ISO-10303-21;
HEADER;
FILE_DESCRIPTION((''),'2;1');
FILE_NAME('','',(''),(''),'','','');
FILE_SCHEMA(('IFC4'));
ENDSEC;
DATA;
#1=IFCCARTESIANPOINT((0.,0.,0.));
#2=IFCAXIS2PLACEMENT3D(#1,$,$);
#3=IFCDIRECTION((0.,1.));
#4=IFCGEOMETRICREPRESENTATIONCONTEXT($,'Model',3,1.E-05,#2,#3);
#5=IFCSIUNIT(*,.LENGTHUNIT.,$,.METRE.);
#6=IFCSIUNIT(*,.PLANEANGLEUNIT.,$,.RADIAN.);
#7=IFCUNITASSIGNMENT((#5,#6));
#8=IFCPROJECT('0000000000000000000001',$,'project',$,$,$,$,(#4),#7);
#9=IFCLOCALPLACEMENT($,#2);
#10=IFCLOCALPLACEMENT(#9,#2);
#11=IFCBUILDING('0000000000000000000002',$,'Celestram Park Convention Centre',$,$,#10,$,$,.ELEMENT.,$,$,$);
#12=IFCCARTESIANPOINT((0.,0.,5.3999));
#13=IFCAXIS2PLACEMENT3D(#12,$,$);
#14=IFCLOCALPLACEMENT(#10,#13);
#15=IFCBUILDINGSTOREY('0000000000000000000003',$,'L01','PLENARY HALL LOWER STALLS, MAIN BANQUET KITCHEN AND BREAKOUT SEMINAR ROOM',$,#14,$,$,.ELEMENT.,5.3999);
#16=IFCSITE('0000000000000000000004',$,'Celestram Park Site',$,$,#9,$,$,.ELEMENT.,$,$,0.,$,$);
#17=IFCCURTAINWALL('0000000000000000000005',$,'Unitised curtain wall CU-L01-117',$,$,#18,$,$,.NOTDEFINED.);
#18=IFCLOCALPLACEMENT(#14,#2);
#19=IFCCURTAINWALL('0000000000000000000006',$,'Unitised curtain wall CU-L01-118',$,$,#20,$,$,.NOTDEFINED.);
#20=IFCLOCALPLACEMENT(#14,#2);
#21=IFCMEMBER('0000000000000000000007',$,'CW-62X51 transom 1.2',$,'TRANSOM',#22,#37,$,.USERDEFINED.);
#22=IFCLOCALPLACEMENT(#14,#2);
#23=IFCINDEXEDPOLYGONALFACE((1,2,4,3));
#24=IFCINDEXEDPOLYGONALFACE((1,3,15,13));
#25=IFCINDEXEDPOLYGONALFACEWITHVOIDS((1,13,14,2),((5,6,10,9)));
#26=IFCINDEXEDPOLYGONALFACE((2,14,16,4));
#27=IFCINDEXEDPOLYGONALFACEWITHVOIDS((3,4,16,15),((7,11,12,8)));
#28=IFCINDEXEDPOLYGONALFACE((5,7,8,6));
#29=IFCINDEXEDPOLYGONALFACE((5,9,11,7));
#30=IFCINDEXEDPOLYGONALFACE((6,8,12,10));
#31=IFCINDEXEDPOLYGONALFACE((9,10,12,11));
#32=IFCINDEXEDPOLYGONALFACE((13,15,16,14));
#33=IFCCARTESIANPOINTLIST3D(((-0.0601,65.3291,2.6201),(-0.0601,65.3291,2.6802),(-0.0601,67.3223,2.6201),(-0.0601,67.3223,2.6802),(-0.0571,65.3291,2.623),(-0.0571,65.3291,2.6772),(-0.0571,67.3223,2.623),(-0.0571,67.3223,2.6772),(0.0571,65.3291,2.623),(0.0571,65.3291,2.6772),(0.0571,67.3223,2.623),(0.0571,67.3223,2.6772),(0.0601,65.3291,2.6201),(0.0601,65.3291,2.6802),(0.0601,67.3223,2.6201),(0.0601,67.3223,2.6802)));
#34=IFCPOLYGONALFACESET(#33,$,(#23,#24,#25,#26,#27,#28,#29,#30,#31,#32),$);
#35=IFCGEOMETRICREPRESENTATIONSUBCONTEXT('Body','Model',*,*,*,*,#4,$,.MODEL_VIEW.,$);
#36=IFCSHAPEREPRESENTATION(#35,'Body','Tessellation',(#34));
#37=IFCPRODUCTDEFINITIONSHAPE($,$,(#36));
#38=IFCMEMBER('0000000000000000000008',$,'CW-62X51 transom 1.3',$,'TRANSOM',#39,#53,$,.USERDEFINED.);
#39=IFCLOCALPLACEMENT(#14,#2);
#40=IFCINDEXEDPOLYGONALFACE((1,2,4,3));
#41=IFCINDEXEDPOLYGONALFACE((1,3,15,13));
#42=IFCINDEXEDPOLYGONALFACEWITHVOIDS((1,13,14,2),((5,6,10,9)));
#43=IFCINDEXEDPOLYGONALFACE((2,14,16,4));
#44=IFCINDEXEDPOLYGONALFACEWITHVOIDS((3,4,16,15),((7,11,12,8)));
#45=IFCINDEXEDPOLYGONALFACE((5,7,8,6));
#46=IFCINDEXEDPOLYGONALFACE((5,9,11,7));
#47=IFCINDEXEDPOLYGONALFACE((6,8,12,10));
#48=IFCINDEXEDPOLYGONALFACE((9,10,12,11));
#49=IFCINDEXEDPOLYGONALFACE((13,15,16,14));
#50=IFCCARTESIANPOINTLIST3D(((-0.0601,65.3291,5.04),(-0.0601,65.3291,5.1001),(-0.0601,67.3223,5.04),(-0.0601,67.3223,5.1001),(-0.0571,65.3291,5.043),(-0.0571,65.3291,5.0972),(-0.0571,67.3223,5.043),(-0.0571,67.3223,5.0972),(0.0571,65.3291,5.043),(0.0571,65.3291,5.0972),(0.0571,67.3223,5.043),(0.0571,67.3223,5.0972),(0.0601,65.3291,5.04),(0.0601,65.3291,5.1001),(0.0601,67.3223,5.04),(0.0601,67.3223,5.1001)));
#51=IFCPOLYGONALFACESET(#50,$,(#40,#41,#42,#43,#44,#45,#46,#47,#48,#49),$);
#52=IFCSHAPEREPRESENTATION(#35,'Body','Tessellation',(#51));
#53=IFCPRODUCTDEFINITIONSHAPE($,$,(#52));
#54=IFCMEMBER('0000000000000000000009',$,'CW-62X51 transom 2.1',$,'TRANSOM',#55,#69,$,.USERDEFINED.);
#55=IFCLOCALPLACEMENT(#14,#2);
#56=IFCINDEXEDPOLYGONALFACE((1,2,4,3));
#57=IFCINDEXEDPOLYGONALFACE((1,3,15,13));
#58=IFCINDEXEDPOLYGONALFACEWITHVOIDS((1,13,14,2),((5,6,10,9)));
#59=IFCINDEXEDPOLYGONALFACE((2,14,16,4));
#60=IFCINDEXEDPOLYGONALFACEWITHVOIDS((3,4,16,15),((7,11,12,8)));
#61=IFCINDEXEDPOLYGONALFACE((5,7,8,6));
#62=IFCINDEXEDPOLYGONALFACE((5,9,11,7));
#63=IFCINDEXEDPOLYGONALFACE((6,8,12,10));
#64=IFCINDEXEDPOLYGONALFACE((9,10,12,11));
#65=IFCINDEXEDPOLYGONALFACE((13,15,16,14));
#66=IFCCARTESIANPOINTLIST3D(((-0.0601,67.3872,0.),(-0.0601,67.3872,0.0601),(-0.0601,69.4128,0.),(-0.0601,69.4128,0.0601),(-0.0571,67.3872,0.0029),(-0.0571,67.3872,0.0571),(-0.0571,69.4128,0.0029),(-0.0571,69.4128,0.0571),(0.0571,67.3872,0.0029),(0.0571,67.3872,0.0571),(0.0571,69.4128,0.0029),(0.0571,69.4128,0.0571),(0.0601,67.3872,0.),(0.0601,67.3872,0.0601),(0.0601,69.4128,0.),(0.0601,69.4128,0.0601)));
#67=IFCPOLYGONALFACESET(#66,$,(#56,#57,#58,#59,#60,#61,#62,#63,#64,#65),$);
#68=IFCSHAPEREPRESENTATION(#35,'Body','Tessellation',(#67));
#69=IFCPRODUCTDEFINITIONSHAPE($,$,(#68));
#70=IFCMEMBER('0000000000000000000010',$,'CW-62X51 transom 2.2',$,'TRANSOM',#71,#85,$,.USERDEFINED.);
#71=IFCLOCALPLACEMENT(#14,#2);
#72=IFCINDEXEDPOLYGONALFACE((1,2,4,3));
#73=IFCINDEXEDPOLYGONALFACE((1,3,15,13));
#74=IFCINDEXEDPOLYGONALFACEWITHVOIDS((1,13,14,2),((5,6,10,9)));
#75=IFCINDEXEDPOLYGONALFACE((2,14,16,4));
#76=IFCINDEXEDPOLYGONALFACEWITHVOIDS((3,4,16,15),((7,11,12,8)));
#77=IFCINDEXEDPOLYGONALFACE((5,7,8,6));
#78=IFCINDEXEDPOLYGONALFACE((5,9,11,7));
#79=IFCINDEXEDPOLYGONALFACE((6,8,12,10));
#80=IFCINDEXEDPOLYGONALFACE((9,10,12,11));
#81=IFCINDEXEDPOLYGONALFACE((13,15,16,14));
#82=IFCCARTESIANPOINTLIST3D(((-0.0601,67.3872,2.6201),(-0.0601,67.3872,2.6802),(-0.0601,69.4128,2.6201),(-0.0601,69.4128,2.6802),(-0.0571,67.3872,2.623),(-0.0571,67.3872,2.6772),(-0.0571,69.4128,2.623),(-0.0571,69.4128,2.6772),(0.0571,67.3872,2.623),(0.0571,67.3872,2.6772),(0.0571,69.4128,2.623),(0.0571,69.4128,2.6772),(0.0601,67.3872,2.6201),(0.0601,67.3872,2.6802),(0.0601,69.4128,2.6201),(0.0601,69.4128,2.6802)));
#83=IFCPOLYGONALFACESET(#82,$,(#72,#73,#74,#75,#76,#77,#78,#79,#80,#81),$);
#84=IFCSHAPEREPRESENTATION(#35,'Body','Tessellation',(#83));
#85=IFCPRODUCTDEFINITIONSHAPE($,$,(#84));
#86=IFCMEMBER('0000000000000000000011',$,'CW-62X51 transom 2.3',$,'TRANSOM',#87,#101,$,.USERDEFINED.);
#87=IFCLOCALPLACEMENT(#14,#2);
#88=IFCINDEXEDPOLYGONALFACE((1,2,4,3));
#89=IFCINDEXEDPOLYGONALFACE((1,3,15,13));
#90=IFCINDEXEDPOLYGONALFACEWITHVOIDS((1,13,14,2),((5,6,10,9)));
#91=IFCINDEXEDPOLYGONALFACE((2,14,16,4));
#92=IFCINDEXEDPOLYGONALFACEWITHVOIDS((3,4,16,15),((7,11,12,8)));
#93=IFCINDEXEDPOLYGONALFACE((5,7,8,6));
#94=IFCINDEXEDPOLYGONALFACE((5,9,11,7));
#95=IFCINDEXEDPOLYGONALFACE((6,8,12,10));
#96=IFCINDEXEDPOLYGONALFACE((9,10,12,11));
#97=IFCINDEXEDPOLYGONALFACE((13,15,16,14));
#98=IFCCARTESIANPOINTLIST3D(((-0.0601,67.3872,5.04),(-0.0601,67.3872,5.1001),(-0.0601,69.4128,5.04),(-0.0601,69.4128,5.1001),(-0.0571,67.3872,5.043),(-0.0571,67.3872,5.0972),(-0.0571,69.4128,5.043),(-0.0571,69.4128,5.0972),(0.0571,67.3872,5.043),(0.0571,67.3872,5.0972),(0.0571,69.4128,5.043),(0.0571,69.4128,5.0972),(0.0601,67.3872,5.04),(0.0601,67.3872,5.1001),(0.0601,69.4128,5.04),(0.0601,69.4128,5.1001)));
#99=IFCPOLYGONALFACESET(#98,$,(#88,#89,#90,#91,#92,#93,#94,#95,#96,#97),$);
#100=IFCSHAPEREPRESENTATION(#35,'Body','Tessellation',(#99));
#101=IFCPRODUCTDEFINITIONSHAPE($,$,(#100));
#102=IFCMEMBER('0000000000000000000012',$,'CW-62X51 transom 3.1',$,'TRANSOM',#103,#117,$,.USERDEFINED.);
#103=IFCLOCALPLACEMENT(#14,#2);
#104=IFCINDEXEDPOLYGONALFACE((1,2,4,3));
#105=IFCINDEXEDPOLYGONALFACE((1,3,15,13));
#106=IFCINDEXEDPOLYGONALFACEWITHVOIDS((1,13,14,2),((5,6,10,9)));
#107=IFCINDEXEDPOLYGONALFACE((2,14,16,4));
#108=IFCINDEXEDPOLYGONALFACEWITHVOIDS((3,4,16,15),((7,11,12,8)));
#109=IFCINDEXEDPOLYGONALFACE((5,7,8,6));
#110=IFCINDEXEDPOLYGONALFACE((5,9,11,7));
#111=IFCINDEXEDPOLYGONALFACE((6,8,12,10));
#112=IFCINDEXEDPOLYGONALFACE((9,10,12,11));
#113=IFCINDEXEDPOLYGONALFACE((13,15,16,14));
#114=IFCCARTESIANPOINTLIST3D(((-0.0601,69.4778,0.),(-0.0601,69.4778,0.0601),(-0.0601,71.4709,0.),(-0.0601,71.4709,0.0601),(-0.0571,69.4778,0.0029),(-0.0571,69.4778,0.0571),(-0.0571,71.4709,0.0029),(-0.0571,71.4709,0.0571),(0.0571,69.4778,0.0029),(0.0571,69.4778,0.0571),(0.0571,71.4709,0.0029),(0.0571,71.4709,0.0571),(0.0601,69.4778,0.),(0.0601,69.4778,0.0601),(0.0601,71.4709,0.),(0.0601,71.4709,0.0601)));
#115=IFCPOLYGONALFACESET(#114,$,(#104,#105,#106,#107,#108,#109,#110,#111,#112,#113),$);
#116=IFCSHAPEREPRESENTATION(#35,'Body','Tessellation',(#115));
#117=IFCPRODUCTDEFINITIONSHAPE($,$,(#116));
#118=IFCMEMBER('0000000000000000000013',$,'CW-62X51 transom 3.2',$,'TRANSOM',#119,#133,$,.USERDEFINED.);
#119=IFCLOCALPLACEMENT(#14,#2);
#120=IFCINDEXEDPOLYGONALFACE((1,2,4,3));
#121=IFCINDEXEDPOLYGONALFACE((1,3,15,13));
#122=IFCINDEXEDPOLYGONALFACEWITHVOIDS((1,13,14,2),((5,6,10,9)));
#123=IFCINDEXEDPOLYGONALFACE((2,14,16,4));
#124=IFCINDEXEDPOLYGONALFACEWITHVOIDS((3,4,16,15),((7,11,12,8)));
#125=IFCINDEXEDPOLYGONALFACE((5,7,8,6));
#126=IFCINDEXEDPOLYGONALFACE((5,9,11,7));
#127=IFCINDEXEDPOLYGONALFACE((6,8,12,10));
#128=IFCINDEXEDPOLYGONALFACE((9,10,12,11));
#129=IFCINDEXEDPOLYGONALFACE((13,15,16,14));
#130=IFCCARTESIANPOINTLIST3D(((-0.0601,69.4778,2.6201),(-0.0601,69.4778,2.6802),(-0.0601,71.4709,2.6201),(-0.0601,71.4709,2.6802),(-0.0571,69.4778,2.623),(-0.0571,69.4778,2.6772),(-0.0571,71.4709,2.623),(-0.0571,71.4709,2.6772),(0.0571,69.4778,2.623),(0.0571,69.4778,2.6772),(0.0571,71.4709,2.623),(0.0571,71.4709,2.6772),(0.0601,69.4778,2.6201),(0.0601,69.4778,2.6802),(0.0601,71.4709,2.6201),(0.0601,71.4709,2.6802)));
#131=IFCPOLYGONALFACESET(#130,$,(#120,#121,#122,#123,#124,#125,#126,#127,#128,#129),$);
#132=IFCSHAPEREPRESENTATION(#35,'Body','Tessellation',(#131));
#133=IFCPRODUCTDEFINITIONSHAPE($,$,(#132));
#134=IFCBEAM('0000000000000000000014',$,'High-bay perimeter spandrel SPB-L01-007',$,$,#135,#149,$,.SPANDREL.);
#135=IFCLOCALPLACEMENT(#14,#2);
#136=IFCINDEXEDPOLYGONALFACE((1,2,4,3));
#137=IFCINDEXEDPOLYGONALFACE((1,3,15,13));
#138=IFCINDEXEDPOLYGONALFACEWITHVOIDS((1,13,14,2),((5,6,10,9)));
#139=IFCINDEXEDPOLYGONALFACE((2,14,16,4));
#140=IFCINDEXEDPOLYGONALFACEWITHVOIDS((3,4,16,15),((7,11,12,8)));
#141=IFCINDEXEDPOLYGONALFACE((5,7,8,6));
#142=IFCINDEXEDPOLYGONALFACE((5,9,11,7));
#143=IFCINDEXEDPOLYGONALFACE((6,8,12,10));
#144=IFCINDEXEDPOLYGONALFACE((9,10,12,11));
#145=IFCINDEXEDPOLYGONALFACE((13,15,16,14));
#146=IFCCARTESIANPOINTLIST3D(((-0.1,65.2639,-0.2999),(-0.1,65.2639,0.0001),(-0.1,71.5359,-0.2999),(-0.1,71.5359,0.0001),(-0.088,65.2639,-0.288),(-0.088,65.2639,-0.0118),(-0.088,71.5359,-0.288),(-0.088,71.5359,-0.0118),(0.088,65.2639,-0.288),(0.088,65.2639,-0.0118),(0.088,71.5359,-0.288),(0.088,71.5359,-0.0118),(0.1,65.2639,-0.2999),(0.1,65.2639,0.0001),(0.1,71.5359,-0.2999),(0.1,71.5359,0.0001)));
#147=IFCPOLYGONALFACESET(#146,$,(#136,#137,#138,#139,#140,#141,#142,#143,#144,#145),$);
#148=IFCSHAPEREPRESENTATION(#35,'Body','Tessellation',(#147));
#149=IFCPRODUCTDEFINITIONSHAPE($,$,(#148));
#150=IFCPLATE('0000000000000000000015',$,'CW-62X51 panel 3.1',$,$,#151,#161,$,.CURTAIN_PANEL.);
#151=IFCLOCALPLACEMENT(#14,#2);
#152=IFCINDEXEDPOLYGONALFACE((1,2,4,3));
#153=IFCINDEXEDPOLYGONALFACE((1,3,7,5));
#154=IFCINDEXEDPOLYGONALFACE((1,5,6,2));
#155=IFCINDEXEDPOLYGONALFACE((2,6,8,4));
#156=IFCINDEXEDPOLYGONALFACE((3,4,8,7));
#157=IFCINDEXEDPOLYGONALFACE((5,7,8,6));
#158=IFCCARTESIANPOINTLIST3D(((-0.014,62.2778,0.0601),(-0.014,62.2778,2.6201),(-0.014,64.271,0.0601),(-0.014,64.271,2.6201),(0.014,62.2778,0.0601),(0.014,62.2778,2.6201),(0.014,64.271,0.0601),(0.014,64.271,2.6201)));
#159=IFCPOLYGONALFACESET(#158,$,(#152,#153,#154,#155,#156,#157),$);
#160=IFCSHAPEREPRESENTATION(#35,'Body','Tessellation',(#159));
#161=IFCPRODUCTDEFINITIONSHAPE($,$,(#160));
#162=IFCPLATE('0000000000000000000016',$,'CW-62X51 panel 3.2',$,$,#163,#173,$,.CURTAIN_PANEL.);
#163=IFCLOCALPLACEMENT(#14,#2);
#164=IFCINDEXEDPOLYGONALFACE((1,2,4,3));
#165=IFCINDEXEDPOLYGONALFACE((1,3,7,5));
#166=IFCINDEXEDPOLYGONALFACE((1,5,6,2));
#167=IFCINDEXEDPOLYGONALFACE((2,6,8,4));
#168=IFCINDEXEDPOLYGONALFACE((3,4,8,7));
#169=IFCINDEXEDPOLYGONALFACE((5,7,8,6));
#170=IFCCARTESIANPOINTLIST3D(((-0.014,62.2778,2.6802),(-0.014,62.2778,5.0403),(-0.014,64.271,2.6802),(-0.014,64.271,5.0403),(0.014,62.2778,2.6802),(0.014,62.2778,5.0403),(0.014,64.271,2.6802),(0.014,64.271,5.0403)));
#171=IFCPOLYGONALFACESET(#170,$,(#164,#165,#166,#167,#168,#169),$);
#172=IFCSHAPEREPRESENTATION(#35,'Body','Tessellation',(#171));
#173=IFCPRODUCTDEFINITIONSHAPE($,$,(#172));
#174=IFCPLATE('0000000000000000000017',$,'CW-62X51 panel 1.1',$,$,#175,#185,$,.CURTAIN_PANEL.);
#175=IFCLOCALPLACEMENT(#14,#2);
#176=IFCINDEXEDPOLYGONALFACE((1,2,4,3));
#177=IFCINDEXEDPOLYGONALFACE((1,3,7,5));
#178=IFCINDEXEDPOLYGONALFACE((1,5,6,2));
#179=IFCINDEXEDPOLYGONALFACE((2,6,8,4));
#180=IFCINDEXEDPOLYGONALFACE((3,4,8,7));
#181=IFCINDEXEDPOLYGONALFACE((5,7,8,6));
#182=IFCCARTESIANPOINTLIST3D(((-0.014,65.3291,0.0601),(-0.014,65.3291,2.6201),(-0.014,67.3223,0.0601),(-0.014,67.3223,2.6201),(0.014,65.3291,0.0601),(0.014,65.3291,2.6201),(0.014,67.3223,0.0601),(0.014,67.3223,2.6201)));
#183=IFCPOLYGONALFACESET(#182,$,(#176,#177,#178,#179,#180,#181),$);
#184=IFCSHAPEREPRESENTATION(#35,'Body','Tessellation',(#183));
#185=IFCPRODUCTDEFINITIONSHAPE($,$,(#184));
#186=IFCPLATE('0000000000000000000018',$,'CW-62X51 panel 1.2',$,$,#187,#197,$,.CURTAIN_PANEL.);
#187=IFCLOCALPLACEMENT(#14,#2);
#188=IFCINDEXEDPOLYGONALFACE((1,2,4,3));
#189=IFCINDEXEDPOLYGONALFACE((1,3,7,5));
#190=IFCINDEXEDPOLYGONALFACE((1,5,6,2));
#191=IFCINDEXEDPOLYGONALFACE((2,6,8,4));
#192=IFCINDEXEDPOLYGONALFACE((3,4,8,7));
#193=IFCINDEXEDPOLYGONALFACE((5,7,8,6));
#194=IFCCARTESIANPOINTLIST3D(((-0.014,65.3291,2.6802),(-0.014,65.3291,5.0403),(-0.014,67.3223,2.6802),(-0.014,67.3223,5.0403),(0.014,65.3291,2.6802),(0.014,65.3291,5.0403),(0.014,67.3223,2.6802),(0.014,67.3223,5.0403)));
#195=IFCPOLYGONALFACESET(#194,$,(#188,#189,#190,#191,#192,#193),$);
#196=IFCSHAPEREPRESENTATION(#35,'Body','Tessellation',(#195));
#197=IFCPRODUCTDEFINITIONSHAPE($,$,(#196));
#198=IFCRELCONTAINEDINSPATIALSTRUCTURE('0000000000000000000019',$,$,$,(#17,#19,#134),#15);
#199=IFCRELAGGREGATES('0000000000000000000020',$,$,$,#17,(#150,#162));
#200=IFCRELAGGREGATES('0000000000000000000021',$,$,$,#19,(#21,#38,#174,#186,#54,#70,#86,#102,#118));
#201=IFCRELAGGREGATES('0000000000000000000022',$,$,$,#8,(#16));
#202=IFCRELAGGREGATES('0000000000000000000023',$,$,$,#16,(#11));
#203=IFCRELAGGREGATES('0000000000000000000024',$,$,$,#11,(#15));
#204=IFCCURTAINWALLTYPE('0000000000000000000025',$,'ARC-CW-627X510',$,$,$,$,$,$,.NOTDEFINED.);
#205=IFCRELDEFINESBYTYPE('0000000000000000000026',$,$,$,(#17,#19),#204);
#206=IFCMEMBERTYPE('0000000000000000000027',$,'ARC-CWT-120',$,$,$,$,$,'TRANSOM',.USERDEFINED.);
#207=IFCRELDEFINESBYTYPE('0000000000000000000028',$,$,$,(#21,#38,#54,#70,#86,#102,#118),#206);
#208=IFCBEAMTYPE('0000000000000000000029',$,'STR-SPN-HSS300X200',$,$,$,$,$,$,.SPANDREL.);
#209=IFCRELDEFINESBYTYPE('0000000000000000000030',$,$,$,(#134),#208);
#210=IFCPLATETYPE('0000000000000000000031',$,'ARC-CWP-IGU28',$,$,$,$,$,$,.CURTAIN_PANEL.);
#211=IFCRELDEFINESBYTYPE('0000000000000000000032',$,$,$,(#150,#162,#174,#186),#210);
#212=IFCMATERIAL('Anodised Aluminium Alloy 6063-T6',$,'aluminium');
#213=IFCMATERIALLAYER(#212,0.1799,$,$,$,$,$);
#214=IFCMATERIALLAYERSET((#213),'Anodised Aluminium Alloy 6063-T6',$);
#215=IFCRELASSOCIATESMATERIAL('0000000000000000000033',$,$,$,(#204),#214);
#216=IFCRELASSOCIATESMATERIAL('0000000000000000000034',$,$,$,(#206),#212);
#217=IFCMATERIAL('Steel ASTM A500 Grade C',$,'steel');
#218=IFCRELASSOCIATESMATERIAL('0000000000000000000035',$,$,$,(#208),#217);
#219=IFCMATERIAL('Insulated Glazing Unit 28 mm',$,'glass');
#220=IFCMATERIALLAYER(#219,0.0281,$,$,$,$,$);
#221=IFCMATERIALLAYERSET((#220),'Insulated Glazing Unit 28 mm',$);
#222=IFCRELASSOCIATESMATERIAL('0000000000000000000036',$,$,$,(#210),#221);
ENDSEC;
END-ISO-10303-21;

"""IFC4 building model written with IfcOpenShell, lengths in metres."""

from ifc_helpers import new_model, si_unit, direction, frame, origin, origin_2d, place, context, subcontext, project, spatial, rectangle, hollow_rectangle, extrude, material, layer, layer_set, material_profile, profile_set, type_object, element, aggregate, save


model = new_model("IFC4")

# Units and contexts
model_context = context("Model", 3, precision=1e-05, world=origin(), true_north=direction((0.0, 1.0)))
body_context = subcontext(model_context, "Body", "Model", "MODEL_VIEW")
ifc_project = project(units=[si_unit("LENGTHUNIT", "METRE"), si_unit("PLANEANGLEUNIT", "RADIAN")], contexts=[model_context])

# Site, building, storey
site_placement = place(None, origin())
site = spatial("IfcSite", under=ifc_project, at=site_placement, Name="Celestram Park Site", CompositionType="ELEMENT", RefElevation=0.0)
building_placement = place(site_placement, origin())
building = spatial("IfcBuilding", under=site, at=building_placement, Name="Celestram Park Convention Centre", CompositionType="ELEMENT")
storey_placement = place(building_placement, frame((0.0, 0.0, 5.3999)))
storey = spatial("IfcBuildingStorey", under=building, at=storey_placement, Name="L01", Description="PLENARY HALL LOWER STALLS, MAIN BANQUET KITCHEN AND BREAKOUT SEMINAR ROOM", CompositionType="ELEMENT", Elevation=5.3999)

# Curtain walls
ifc_material_1 = material(Name="Anodised Aluminium Alloy 6063-T6", Category="aluminium")
ifc_layer_1 = layer(ifc_material_1, 0.1799)
ifc_layer_set_1 = layer_set([ifc_layer_1], Name="Anodised Aluminium Alloy 6063-T6")
curtain_wall_type = type_object("IfcCurtainWallType", Name="ARC-CW-627X510", PredefinedType="NOTDEFINED", material=ifc_layer_set_1)
curtain_wall_1_placement = place(storey_placement, origin())
curtain_wall_1 = element("IfcCurtainWall", 1, at=curtain_wall_1_placement, inside=storey, type_object=curtain_wall_type, Name="Unitised curtain wall CU-L01-117", PredefinedType="NOTDEFINED")
curtain_wall_2_placement = place(storey_placement, origin())
curtain_wall_2 = element("IfcCurtainWall", 2, at=curtain_wall_2_placement, inside=storey, type_object=curtain_wall_type, Name="Unitised curtain wall CU-L01-118", PredefinedType="NOTDEFINED")

# Members
ifc_material_profile_1 = material_profile(ifc_material_1, hollow_rectangle(XDim=0.1201, YDim=0.0601, WallThickness=0.0029, at=origin_2d()), Name="ALU120X60X3")
ifc_profile_set_1 = profile_set([ifc_material_profile_1], Name="Anodised Aluminium Alloy 6063-T6")
member_type_1 = type_object("IfcMemberType", Name="ARC-CWT-120", ElementType="TRANSOM", PredefinedType="USERDEFINED", material=ifc_profile_set_1)
member_1_placement = place(storey_placement, frame((0.0, 65.3291, 2.6501), z_axis=(0.0, 1.0, 0.0), x_axis=(-1.0, 0.0, 0.0)))
member_1 = element("IfcMember", 3, at=member_1_placement, type_object=member_type_1, Name="CW-62X51 transom 1.2", ObjectType="TRANSOM", PredefinedType="USERDEFINED", context=body_context, shape_type="SweptSolid", body=[
    extrude(hollow_rectangle(XDim=0.1201, YDim=0.0601, WallThickness=0.0029, at=origin_2d()), origin(), (0.0, 0.0, 1.0), 1.9932),
])
member_2_placement = place(storey_placement, frame((0.0, 65.3291, 5.0701), z_axis=(0.0, 1.0, 0.0), x_axis=(-1.0, 0.0, 0.0)))
member_2 = element("IfcMember", 4, at=member_2_placement, type_object=member_type_1, Name="CW-62X51 transom 1.3", ObjectType="TRANSOM", PredefinedType="USERDEFINED", context=body_context, shape_type="SweptSolid", body=[
    extrude(hollow_rectangle(XDim=0.1201, YDim=0.0601, WallThickness=0.0029, at=origin_2d()), origin(), (0.0, 0.0, 1.0), 1.9932),
])
member_3_placement = place(storey_placement, frame((0.0, 67.3872, 0.03), z_axis=(0.0, 1.0, 0.0), x_axis=(-1.0, 0.0, 0.0)))
member_3 = element("IfcMember", 5, at=member_3_placement, type_object=member_type_1, Name="CW-62X51 transom 2.1", ObjectType="TRANSOM", PredefinedType="USERDEFINED", context=body_context, shape_type="SweptSolid", body=[
    extrude(hollow_rectangle(XDim=0.1201, YDim=0.0601, WallThickness=0.0029, at=origin_2d()), origin(), (0.0, 0.0, 1.0), 2.0256),
])
member_4_placement = place(storey_placement, frame((0.0, 67.3872, 2.6501), z_axis=(0.0, 1.0, 0.0), x_axis=(-1.0, 0.0, 0.0)))
member_4 = element("IfcMember", 6, at=member_4_placement, type_object=member_type_1, Name="CW-62X51 transom 2.2", ObjectType="TRANSOM", PredefinedType="USERDEFINED", context=body_context, shape_type="SweptSolid", body=[
    extrude(hollow_rectangle(XDim=0.1201, YDim=0.0601, WallThickness=0.0029, at=origin_2d()), origin(), (0.0, 0.0, 1.0), 2.0256),
])
member_5_placement = place(storey_placement, frame((0.0, 67.3872, 5.0701), z_axis=(0.0, 1.0, 0.0), x_axis=(-1.0, 0.0, 0.0)))
member_5 = element("IfcMember", 7, at=member_5_placement, type_object=member_type_1, Name="CW-62X51 transom 2.3", ObjectType="TRANSOM", PredefinedType="USERDEFINED", context=body_context, shape_type="SweptSolid", body=[
    extrude(hollow_rectangle(XDim=0.1201, YDim=0.0601, WallThickness=0.0029, at=origin_2d()), origin(), (0.0, 0.0, 1.0), 2.0256),
])
member_6_placement = place(storey_placement, frame((0.0, 69.4778, 0.03), z_axis=(0.0, 1.0, 0.0), x_axis=(-1.0, 0.0, 0.0)))
member_6 = element("IfcMember", 8, at=member_6_placement, type_object=member_type_1, Name="CW-62X51 transom 3.1", ObjectType="TRANSOM", PredefinedType="USERDEFINED", context=body_context, shape_type="SweptSolid", body=[
    extrude(hollow_rectangle(XDim=0.1201, YDim=0.0601, WallThickness=0.0029, at=origin_2d()), origin(), (0.0, 0.0, 1.0), 1.9932),
])
member_7_placement = place(storey_placement, frame((0.0, 69.4778, 2.6501), z_axis=(0.0, 1.0, 0.0), x_axis=(-1.0, 0.0, 0.0)))
member_7 = element("IfcMember", 9, at=member_7_placement, type_object=member_type_1, Name="CW-62X51 transom 3.2", ObjectType="TRANSOM", PredefinedType="USERDEFINED", context=body_context, shape_type="SweptSolid", body=[
    extrude(hollow_rectangle(XDim=0.1201, YDim=0.0601, WallThickness=0.0029, at=origin_2d()), origin(), (0.0, 0.0, 1.0), 1.9932),
])

# Beam
ifc_material_2 = material(Name="Steel ASTM A500 Grade C", Category="steel")
ifc_material_profile_2 = material_profile(ifc_material_2, hollow_rectangle(XDim=0.2, YDim=0.3, WallThickness=0.012, at=origin_2d()), Name="HSS300X200X12")
ifc_profile_set_2 = profile_set([ifc_material_profile_2], Name="Steel ASTM A500 Grade C")
beam_type = type_object("IfcBeamType", Name="STR-SPN-HSS300X200", PredefinedType="SPANDREL", material=ifc_profile_set_2)
beam_placement = place(storey_placement, frame((0.0, 65.2639, -0.1499), z_axis=(0.0, 1.0, 0.0), x_axis=(-1.0, 0.0, 0.0)))
element("IfcBeam", 10, at=beam_placement, inside=storey, type_object=beam_type, Name="High-bay perimeter spandrel SPB-L01-007", PredefinedType="SPANDREL", context=body_context, shape_type="SweptSolid", body=[
    extrude(hollow_rectangle(XDim=0.2, YDim=0.3, WallThickness=0.012, at=origin_2d()), origin(), (0.0, 0.0, 1.0), 6.272),
])

# Plates
ifc_material_3 = material(Name="Insulated Glazing Unit 28 mm", Category="glass")
ifc_layer_2 = layer(ifc_material_3, 0.0281)
ifc_layer_set_2 = layer_set([ifc_layer_2], Name="Insulated Glazing Unit 28 mm")
plate_type = type_object("IfcPlateType", Name="ARC-CWP-IGU28", PredefinedType="CURTAIN_PANEL", material=ifc_layer_set_2)
plate_1_placement = place(storey_placement, frame((0.0, 63.2744, 0.0601), z_axis=(0.0, 0.0, 1.0), x_axis=(0.0, 1.0, 0.0)))
plate_1 = element("IfcPlate", 11, at=plate_1_placement, type_object=plate_type, Name="CW-62X51 panel 3.1", PredefinedType="CURTAIN_PANEL", context=body_context, shape_type="SweptSolid", body=[
    extrude(rectangle(XDim=1.9932, YDim=0.0281, at=origin_2d()), origin(), (0.0, 0.0, 1.0), 2.5601),
])
plate_2_placement = place(storey_placement, frame((0.0, 63.2744, 2.6802), z_axis=(0.0, 0.0, 1.0), x_axis=(0.0, 1.0, 0.0)))
plate_2 = element("IfcPlate", 12, at=plate_2_placement, type_object=plate_type, Name="CW-62X51 panel 3.2", PredefinedType="CURTAIN_PANEL", context=body_context, shape_type="SweptSolid", body=[
    extrude(rectangle(XDim=1.9932, YDim=0.0281, at=origin_2d()), origin(), (0.0, 0.0, 1.0), 2.3601),
])
aggregate(curtain_wall_1, [plate_1, plate_2])
plate_3_placement = place(storey_placement, frame((0.0, 66.3257, 0.0601), z_axis=(0.0, 0.0, 1.0), x_axis=(0.0, 1.0, 0.0)))
plate_3 = element("IfcPlate", 13, at=plate_3_placement, type_object=plate_type, Name="CW-62X51 panel 1.1", PredefinedType="CURTAIN_PANEL", context=body_context, shape_type="SweptSolid", body=[
    extrude(rectangle(XDim=1.9932, YDim=0.0281, at=origin_2d()), origin(), (0.0, 0.0, 1.0), 2.5601),
])
plate_4_placement = place(storey_placement, frame((0.0, 66.3257, 2.6802), z_axis=(0.0, 0.0, 1.0), x_axis=(0.0, 1.0, 0.0)))
plate_4 = element("IfcPlate", 14, at=plate_4_placement, type_object=plate_type, Name="CW-62X51 panel 1.2", PredefinedType="CURTAIN_PANEL", context=body_context, shape_type="SweptSolid", body=[
    extrude(rectangle(XDim=1.9932, YDim=0.0281, at=origin_2d()), origin(), (0.0, 0.0, 1.0), 2.3601),
])
aggregate(curtain_wall_2, [member_1, member_2, plate_3, plate_4, member_3, member_4, member_5, member_6, member_7])

save(model, "model.ifc")
